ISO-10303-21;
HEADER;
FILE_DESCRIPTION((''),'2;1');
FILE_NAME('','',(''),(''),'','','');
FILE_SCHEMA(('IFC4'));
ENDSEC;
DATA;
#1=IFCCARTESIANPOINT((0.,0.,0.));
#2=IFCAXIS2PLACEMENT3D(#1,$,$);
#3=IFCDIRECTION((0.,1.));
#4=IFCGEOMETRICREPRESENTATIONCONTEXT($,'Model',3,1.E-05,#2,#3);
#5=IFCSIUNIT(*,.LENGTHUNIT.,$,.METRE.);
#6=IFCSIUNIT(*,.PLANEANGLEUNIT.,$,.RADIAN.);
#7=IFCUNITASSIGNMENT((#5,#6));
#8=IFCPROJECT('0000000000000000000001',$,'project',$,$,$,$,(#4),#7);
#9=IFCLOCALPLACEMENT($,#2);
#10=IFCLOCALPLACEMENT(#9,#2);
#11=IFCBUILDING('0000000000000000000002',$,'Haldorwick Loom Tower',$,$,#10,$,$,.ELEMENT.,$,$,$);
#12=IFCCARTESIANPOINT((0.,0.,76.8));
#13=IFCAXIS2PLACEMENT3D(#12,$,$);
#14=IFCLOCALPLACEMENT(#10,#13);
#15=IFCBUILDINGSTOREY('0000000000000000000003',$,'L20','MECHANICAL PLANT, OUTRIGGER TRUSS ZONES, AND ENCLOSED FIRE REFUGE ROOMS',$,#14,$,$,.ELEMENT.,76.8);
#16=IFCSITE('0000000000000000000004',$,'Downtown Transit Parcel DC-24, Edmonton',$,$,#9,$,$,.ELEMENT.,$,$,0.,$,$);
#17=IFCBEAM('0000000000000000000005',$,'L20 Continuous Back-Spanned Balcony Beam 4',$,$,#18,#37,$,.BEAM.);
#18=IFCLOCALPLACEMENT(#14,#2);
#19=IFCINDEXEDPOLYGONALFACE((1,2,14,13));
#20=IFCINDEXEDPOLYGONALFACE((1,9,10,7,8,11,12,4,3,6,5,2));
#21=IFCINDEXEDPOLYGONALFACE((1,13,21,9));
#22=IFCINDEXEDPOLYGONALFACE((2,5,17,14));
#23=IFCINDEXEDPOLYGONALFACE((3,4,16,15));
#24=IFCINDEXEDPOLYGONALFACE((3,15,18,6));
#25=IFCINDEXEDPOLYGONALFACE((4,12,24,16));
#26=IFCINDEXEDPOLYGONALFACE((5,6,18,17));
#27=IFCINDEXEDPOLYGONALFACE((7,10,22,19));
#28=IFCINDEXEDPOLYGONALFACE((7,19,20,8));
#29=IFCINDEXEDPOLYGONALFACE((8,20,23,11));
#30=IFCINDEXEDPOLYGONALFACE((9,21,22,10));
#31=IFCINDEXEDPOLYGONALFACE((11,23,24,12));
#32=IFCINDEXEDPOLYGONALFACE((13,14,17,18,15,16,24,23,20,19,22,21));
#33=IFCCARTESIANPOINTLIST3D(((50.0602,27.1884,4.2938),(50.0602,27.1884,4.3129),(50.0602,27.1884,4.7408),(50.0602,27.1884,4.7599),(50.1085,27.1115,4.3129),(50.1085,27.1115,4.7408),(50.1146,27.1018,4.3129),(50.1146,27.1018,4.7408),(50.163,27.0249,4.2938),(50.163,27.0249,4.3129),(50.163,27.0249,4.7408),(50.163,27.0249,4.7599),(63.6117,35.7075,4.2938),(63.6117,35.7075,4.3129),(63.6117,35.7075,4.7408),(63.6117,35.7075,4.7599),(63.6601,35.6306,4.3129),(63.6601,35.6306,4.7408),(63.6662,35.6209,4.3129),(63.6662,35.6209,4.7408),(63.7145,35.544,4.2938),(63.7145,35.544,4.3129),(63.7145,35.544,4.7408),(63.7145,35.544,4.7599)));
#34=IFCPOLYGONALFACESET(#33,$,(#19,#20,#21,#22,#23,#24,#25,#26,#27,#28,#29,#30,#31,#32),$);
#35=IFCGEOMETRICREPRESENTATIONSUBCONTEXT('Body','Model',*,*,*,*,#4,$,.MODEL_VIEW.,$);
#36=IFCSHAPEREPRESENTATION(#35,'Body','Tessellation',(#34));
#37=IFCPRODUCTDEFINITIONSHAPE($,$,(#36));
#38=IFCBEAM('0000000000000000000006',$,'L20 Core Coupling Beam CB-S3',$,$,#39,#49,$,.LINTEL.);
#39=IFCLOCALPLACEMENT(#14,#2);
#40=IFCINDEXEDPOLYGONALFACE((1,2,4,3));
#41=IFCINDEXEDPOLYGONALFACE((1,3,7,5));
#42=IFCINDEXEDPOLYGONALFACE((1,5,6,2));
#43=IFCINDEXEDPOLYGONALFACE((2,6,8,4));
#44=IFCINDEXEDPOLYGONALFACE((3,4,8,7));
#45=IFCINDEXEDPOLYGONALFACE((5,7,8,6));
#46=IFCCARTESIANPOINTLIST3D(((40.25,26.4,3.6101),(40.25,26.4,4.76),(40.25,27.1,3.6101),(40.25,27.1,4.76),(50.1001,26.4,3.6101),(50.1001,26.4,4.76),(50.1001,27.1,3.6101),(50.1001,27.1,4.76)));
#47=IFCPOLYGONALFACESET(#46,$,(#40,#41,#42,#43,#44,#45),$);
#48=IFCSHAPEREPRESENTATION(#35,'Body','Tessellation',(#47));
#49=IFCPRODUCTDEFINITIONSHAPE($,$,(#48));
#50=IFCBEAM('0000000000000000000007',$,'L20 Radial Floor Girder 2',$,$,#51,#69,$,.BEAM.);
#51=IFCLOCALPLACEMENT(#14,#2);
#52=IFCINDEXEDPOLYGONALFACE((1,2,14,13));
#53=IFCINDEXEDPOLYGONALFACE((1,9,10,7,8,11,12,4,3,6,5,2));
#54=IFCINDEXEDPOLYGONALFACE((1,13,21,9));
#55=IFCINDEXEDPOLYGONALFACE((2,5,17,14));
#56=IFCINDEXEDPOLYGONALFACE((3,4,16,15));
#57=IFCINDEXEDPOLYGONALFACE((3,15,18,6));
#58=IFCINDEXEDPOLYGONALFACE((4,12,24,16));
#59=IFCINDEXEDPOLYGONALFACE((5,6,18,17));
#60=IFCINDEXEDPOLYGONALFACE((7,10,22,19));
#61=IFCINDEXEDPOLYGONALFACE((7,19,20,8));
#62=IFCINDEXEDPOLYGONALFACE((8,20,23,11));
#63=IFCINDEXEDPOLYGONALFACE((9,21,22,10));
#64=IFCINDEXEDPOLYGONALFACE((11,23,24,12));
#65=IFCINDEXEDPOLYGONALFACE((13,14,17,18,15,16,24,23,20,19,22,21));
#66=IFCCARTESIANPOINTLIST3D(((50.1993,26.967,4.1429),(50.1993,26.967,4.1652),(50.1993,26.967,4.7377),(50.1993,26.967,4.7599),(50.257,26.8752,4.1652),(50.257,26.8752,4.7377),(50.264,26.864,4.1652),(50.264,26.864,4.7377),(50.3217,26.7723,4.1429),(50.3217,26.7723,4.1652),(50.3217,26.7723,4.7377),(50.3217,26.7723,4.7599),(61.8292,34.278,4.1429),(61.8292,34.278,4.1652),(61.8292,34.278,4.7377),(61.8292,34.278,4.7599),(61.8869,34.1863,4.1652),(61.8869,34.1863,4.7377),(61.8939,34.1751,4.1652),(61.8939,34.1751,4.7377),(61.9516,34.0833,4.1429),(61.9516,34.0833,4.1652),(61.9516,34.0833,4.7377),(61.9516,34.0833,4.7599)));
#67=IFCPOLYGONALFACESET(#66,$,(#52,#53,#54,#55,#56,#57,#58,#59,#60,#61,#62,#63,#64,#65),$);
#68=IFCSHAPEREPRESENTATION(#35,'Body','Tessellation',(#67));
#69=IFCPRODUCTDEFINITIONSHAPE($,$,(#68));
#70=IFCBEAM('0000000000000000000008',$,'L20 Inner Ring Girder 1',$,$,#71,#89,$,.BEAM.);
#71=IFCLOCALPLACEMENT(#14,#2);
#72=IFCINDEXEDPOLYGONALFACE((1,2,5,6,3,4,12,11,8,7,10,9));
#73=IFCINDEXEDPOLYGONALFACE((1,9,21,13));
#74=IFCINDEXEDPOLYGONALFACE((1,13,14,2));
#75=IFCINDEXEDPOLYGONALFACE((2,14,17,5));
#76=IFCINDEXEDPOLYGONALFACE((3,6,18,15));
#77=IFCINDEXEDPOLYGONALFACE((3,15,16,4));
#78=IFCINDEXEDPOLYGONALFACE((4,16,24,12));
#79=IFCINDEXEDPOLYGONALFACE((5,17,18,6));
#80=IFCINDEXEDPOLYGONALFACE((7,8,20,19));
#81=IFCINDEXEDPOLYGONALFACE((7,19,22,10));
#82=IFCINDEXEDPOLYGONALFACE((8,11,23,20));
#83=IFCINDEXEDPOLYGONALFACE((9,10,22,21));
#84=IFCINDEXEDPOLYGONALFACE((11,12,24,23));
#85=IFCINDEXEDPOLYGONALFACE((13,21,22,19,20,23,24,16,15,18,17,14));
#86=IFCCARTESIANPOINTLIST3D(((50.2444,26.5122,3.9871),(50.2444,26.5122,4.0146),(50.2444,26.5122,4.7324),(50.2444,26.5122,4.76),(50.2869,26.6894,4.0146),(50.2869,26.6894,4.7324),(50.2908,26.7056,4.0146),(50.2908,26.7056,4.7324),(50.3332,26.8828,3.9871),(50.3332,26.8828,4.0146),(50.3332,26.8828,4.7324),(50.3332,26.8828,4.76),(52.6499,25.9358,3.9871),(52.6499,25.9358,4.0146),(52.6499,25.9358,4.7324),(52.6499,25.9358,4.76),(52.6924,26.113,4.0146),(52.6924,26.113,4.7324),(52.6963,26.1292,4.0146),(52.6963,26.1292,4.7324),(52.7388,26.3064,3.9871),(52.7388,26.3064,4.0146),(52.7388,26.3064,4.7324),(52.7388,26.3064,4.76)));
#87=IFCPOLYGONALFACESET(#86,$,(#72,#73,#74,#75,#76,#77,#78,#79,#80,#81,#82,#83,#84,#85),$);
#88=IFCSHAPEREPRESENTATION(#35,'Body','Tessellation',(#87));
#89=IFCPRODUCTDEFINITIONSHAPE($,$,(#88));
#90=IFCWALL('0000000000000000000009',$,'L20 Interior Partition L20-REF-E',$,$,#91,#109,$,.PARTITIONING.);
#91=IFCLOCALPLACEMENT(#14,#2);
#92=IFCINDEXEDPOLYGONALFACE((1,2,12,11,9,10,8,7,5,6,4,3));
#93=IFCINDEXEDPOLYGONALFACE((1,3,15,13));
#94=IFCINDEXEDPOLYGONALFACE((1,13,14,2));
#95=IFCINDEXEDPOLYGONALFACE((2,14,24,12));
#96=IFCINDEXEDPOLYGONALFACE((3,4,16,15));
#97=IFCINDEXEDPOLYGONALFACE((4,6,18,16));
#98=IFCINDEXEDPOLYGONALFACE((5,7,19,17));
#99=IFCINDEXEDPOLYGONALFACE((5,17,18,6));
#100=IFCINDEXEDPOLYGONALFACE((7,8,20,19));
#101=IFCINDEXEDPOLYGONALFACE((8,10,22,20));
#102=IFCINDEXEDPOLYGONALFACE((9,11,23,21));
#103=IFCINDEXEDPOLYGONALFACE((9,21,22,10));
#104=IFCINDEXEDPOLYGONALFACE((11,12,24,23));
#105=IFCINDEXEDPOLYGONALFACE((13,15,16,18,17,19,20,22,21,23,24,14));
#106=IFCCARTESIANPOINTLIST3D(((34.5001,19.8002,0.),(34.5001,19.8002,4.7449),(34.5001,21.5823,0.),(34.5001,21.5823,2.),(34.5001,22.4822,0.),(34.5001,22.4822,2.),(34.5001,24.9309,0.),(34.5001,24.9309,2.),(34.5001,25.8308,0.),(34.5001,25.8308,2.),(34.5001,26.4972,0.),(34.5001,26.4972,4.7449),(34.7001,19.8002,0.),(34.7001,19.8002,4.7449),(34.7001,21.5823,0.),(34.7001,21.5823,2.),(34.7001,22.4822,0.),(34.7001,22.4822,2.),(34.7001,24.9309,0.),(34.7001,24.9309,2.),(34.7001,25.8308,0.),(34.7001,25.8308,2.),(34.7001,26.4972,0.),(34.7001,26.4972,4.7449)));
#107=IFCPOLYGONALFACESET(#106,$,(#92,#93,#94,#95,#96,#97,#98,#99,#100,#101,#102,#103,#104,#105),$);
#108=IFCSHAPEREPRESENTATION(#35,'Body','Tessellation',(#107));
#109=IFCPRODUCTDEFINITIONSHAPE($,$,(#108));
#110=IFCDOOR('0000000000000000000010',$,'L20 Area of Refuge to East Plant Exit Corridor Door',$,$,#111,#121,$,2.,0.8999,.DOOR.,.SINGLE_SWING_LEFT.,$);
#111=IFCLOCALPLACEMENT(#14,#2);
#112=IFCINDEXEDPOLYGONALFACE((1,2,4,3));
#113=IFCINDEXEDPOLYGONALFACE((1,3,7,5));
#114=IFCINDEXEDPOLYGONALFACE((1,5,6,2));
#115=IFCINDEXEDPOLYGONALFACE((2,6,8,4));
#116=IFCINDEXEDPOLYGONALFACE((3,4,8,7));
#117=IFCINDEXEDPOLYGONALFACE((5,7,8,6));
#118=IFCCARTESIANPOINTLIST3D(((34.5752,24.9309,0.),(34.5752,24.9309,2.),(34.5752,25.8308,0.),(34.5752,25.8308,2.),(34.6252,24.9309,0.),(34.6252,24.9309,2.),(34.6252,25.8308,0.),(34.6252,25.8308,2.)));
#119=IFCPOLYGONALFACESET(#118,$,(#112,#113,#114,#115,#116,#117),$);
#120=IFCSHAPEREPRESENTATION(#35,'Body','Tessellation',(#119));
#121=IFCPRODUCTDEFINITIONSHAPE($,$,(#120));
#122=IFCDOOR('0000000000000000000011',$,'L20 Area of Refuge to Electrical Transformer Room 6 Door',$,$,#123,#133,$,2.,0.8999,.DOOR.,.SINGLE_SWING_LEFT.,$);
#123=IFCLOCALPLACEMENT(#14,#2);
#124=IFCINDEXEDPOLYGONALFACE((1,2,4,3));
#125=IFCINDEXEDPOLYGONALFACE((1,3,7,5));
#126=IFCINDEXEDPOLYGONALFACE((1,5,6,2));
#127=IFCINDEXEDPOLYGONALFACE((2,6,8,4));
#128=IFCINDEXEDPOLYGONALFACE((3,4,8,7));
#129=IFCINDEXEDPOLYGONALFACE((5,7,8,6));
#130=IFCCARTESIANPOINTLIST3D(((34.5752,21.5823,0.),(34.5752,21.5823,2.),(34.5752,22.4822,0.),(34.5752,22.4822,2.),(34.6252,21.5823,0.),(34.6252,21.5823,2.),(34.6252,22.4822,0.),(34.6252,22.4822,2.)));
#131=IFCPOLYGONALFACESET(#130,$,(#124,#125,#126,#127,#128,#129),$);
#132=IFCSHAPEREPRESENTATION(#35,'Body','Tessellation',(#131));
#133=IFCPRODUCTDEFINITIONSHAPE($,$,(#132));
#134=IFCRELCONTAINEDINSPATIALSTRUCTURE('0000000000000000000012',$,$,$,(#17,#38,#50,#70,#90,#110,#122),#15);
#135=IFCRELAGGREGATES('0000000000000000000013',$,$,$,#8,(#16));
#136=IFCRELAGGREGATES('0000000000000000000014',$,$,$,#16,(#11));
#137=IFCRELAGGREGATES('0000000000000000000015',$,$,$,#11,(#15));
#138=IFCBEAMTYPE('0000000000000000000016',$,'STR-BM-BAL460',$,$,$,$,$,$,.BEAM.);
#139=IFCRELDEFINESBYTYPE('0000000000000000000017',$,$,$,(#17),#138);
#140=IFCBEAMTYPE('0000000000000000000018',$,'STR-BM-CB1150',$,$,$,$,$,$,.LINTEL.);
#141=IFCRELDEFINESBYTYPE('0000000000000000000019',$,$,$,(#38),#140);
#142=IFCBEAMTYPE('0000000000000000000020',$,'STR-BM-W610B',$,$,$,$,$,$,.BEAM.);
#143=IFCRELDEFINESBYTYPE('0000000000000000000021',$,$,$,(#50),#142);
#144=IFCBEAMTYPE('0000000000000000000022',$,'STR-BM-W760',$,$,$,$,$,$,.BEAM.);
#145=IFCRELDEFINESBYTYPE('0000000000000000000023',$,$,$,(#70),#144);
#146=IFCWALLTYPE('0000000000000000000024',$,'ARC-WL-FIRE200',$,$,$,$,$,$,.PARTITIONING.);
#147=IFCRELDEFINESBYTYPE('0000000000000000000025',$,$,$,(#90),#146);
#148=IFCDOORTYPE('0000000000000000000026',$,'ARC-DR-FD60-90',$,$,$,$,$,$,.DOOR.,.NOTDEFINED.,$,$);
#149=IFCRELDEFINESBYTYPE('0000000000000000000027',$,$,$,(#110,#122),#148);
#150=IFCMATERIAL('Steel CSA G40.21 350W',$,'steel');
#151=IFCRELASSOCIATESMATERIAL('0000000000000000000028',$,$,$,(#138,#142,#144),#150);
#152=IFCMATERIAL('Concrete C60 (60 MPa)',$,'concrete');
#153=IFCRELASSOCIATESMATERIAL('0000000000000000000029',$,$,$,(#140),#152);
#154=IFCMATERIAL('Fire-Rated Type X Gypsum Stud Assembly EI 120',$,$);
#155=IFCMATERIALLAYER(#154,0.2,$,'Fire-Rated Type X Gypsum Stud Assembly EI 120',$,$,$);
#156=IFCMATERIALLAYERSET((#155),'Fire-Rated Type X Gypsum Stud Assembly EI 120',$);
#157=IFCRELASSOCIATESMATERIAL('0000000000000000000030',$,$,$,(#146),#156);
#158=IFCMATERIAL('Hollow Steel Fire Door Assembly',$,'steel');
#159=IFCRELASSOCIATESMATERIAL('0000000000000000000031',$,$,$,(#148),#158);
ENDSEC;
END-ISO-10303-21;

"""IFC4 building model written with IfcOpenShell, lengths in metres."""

from ifc_helpers import new_model, si_unit, direction, frame, frame_2d, origin, origin_2d, place, context, subcontext, project, spatial, rectangle, i_section, extrude, material, layer, layer_set, material_profile, profile_set, type_object, element, fill, save


model = new_model("IFC4")

# Units and contexts
model_context = context("Model", 3, precision=1e-05, world=origin(), true_north=direction((0.0, 1.0)))
body_context = subcontext(model_context, "Body", "Model", "MODEL_VIEW")
ifc_project = project(units=[si_unit("LENGTHUNIT", "METRE"), si_unit("PLANEANGLEUNIT", "RADIAN")], contexts=[model_context])

# Site, building, storey
site_placement = place(None, origin())
site = spatial("IfcSite", under=ifc_project, at=site_placement, Name="Downtown Transit Parcel DC-24, Edmonton", CompositionType="ELEMENT", RefElevation=0.0)
building_placement = place(site_placement, origin())
building = spatial("IfcBuilding", under=site, at=building_placement, Name="Haldorwick Loom Tower", CompositionType="ELEMENT")
storey_placement = place(building_placement, frame((0.0, 0.0, 76.8)))
storey = spatial("IfcBuildingStorey", under=building, at=storey_placement, Name="L20", Description="MECHANICAL PLANT, OUTRIGGER TRUSS ZONES, AND ENCLOSED FIRE REFUGE ROOMS", CompositionType="ELEMENT", Elevation=76.8)

# Shared definitions
ifc_material_1 = material(Name="Concrete C60 (60 MPa)", Category="concrete")

# Beams
ifc_material_2 = material(Name="Steel CSA G40.21 350W", Category="steel")
ifc_material_profile_1 = material_profile(ifc_material_2, i_section(OverallWidth=0.1931, OverallDepth=0.4661, WebThickness=0.0115, FlangeThickness=0.019, at=origin_2d()), Name="W460X97", Category="steel")
ifc_profile_set_1 = profile_set([ifc_material_profile_1], Name="Steel CSA G40.21 350W")
beam_type_1 = type_object("IfcBeamType", Name="STR-BM-BAL460", PredefinedType="BEAM", material=ifc_profile_set_1)
beam_1_placement = place(storey_placement, frame((50.1116, 27.1067, 4.5269), z_axis=(0.84661, 0.532214, 0.0), x_axis=(-0.532214, 0.84661, 0.0)))
element("IfcBeam", 1, at=beam_1_placement, inside=storey, type_object=beam_type_1, Name="L20 Continuous Back-Spanned Balcony Beam 4", PredefinedType="BEAM", context=body_context, shape_type="SweptSolid", body=[
    extrude(i_section(OverallWidth=0.1931, OverallDepth=0.4661, WebThickness=0.0115, FlangeThickness=0.019, at=origin_2d()), origin(), (0.0, 0.0, 1.0), 16.0068),
])
ifc_material_profile_2 = material_profile(ifc_material_1, rectangle(XDim=0.7, YDim=1.1499, at=origin_2d()), Name="RC700X1150", Category="concrete")
ifc_profile_set_2 = profile_set([ifc_material_profile_2], Name="Concrete C60 (60 MPa)")
beam_type_2 = type_object("IfcBeamType", Name="STR-BM-CB1150", PredefinedType="LINTEL", material=ifc_profile_set_2)
beam_2_placement = place(storey_placement, frame((40.25, 26.75, 4.1851), z_axis=(1.0, 0.0, 0.0), x_axis=(0.0, 1.0, 0.0)))
element("IfcBeam", 2, at=beam_2_placement, inside=storey, type_object=beam_type_2, Name="L20 Core Coupling Beam CB-S3", PredefinedType="LINTEL", context=body_context, shape_type="SweptSolid", body=[
    extrude(rectangle(XDim=0.7, YDim=1.1499, at=origin_2d()), origin(), (0.0, 0.0, 1.0), 9.8501),
])
ifc_material_profile_3 = material_profile(ifc_material_2, i_section(OverallWidth=0.23, OverallDepth=0.6169, WebThickness=0.0132, FlangeThickness=0.0222, at=origin_2d()), Name="W610X140", Category="steel")
ifc_profile_set_3 = profile_set([ifc_material_profile_3], Name="Steel CSA G40.21 350W")
beam_type_3 = type_object("IfcBeamType", Name="STR-BM-W610B", PredefinedType="BEAM", material=ifc_profile_set_3)
beam_3_placement = place(storey_placement, frame((50.2605, 26.8696, 4.4514), z_axis=(0.84661, 0.532214, 0.0), x_axis=(-0.532214, 0.84661, 0.0)))
element("IfcBeam", 3, at=beam_3_placement, inside=storey, type_object=beam_type_3, Name="L20 Radial Floor Girder 2", PredefinedType="BEAM", context=body_context, shape_type="SweptSolid", body=[
    extrude(i_section(OverallWidth=0.23, OverallDepth=0.6169, WebThickness=0.0132, FlangeThickness=0.0222, at=origin_2d()), origin(), (0.0, 0.0, 1.0), 13.7371),
])
ifc_material_profile_4 = material_profile(ifc_material_2, i_section(OverallWidth=0.3811, OverallDepth=0.7729, WebThickness=0.0166, FlangeThickness=0.0276, at=origin_2d()), Name="W760X257", Category="steel")
ifc_profile_set_4 = profile_set([ifc_material_profile_4], Name="Steel CSA G40.21 350W")
beam_type_4 = type_object("IfcBeamType", Name="STR-BM-W760", PredefinedType="BEAM", material=ifc_profile_set_4)
beam_4_placement = place(storey_placement, frame((50.2888, 26.6975, 4.3735), z_axis=(0.972471, -0.233026, 0.0), x_axis=(0.233026, 0.972471, 0.0)))
element("IfcBeam", 4, at=beam_4_placement, inside=storey, type_object=beam_type_4, Name="L20 Inner Ring Girder 1", PredefinedType="BEAM", context=body_context, shape_type="SweptSolid", body=[
    extrude(i_section(OverallWidth=0.3811, OverallDepth=0.7729, WebThickness=0.0166, FlangeThickness=0.0276, at=origin_2d()), origin(), (0.0, 0.0, 1.0), 2.4736),
])

# Wall, openings, doors
ifc_material_3 = material(Name="Fire-Rated Type X Gypsum Stud Assembly EI 120")
ifc_layer_1 = layer(ifc_material_3, 0.2, Name="Fire-Rated Type X Gypsum Stud Assembly EI 120")
ifc_layer_set_1 = layer_set([ifc_layer_1], Name="Fire-Rated Type X Gypsum Stud Assembly EI 120")
wall_type_1 = type_object("IfcWallType", Name="ARC-WL-FIRE200", PredefinedType="PARTITIONING", material=ifc_layer_set_1)
wall_1_placement = place(storey_placement, frame((34.6001, 19.8, 0.0), z_axis=(0.0, 0.0, 1.0), x_axis=(0.0, 1.0, 0.0)))
wall_1 = element("IfcWall", 5, at=wall_1_placement, inside=storey, type_object=wall_type_1, Name="L20 Interior Partition L20-REF-E", PredefinedType="PARTITIONING", context=body_context, shape_type="SweptSolid", body=[
    extrude(rectangle(XDim=6.697, YDim=0.2, at=frame_2d((3.3486, 0.0))), origin(), (0.0, 0.0, 1.0), 4.7449),
])
opening_1_placement = place(wall_1_placement, frame((5.1309, 0.0, 0.0)))
opening_1 = element("IfcOpeningElement", 6, at=opening_1_placement, cuts=wall_1, PredefinedType="OPENING", context=body_context, shape_type="SweptSolid", body=[
    extrude(rectangle(XDim=0.8999, YDim=2.0, at=frame_2d((0.45, 1.0))), frame((0.0, 0.1099, 0.0), z_axis=(0.0, -1.0, 0.0), x_axis=(1.0, 0.0, 0.0)), (0.0, 0.0, 1.0), 0.22),
])
opening_2_placement = place(wall_1_placement, frame((1.7822, 0.0, 0.0)))
opening_2 = element("IfcOpeningElement", 7, at=opening_2_placement, cuts=wall_1, PredefinedType="OPENING", context=body_context, shape_type="SweptSolid", body=[
    extrude(rectangle(XDim=0.8999, YDim=2.0, at=frame_2d((0.45, 1.0))), frame((0.0, 0.1099, 0.0), z_axis=(0.0, -1.0, 0.0), x_axis=(1.0, 0.0, 0.0)), (0.0, 0.0, 1.0), 0.22),
])
ifc_material_4 = material(Name="Hollow Steel Fire Door Assembly", Category="steel")
door_type = type_object("IfcDoorType", Name="ARC-DR-FD60-90", OperationType="NOTDEFINED", PredefinedType="DOOR", material=ifc_material_4)
door_1_placement = place(opening_1_placement, origin())
door_1 = element("IfcDoor", 8, at=door_1_placement, inside=storey, type_object=door_type, Name="L20 Area of Refuge to East Plant Exit Corridor Door", OperationType="SINGLE_SWING_LEFT", OverallHeight=2.0, OverallWidth=0.8999, PredefinedType="DOOR", context=body_context, shape_type="SweptSolid", body=[
    extrude(rectangle(XDim=0.8999, YDim=2.0, at=frame_2d((0.45, 1.0))), frame((0.0, 0.0249, 0.0), z_axis=(0.0, -1.0, 0.0), x_axis=(1.0, 0.0, 0.0)), (0.0, 0.0, 1.0), 0.05),
])
fill(opening_1, door_1)
door_2_placement = place(opening_2_placement, origin())
door_2 = element("IfcDoor", 9, at=door_2_placement, inside=storey, type_object=door_type, Name="L20 Area of Refuge to Electrical Transformer Room 6 Door", OperationType="SINGLE_SWING_LEFT", OverallHeight=2.0, OverallWidth=0.8999, PredefinedType="DOOR", context=body_context, shape_type="SweptSolid", body=[
    extrude(rectangle(XDim=0.8999, YDim=2.0, at=frame_2d((0.45, 1.0))), frame((0.0, 0.0249, 0.0), z_axis=(0.0, -1.0, 0.0), x_axis=(1.0, 0.0, 0.0)), (0.0, 0.0, 1.0), 0.05),
])
fill(opening_2, door_2)

save(model, "model.ifc")
